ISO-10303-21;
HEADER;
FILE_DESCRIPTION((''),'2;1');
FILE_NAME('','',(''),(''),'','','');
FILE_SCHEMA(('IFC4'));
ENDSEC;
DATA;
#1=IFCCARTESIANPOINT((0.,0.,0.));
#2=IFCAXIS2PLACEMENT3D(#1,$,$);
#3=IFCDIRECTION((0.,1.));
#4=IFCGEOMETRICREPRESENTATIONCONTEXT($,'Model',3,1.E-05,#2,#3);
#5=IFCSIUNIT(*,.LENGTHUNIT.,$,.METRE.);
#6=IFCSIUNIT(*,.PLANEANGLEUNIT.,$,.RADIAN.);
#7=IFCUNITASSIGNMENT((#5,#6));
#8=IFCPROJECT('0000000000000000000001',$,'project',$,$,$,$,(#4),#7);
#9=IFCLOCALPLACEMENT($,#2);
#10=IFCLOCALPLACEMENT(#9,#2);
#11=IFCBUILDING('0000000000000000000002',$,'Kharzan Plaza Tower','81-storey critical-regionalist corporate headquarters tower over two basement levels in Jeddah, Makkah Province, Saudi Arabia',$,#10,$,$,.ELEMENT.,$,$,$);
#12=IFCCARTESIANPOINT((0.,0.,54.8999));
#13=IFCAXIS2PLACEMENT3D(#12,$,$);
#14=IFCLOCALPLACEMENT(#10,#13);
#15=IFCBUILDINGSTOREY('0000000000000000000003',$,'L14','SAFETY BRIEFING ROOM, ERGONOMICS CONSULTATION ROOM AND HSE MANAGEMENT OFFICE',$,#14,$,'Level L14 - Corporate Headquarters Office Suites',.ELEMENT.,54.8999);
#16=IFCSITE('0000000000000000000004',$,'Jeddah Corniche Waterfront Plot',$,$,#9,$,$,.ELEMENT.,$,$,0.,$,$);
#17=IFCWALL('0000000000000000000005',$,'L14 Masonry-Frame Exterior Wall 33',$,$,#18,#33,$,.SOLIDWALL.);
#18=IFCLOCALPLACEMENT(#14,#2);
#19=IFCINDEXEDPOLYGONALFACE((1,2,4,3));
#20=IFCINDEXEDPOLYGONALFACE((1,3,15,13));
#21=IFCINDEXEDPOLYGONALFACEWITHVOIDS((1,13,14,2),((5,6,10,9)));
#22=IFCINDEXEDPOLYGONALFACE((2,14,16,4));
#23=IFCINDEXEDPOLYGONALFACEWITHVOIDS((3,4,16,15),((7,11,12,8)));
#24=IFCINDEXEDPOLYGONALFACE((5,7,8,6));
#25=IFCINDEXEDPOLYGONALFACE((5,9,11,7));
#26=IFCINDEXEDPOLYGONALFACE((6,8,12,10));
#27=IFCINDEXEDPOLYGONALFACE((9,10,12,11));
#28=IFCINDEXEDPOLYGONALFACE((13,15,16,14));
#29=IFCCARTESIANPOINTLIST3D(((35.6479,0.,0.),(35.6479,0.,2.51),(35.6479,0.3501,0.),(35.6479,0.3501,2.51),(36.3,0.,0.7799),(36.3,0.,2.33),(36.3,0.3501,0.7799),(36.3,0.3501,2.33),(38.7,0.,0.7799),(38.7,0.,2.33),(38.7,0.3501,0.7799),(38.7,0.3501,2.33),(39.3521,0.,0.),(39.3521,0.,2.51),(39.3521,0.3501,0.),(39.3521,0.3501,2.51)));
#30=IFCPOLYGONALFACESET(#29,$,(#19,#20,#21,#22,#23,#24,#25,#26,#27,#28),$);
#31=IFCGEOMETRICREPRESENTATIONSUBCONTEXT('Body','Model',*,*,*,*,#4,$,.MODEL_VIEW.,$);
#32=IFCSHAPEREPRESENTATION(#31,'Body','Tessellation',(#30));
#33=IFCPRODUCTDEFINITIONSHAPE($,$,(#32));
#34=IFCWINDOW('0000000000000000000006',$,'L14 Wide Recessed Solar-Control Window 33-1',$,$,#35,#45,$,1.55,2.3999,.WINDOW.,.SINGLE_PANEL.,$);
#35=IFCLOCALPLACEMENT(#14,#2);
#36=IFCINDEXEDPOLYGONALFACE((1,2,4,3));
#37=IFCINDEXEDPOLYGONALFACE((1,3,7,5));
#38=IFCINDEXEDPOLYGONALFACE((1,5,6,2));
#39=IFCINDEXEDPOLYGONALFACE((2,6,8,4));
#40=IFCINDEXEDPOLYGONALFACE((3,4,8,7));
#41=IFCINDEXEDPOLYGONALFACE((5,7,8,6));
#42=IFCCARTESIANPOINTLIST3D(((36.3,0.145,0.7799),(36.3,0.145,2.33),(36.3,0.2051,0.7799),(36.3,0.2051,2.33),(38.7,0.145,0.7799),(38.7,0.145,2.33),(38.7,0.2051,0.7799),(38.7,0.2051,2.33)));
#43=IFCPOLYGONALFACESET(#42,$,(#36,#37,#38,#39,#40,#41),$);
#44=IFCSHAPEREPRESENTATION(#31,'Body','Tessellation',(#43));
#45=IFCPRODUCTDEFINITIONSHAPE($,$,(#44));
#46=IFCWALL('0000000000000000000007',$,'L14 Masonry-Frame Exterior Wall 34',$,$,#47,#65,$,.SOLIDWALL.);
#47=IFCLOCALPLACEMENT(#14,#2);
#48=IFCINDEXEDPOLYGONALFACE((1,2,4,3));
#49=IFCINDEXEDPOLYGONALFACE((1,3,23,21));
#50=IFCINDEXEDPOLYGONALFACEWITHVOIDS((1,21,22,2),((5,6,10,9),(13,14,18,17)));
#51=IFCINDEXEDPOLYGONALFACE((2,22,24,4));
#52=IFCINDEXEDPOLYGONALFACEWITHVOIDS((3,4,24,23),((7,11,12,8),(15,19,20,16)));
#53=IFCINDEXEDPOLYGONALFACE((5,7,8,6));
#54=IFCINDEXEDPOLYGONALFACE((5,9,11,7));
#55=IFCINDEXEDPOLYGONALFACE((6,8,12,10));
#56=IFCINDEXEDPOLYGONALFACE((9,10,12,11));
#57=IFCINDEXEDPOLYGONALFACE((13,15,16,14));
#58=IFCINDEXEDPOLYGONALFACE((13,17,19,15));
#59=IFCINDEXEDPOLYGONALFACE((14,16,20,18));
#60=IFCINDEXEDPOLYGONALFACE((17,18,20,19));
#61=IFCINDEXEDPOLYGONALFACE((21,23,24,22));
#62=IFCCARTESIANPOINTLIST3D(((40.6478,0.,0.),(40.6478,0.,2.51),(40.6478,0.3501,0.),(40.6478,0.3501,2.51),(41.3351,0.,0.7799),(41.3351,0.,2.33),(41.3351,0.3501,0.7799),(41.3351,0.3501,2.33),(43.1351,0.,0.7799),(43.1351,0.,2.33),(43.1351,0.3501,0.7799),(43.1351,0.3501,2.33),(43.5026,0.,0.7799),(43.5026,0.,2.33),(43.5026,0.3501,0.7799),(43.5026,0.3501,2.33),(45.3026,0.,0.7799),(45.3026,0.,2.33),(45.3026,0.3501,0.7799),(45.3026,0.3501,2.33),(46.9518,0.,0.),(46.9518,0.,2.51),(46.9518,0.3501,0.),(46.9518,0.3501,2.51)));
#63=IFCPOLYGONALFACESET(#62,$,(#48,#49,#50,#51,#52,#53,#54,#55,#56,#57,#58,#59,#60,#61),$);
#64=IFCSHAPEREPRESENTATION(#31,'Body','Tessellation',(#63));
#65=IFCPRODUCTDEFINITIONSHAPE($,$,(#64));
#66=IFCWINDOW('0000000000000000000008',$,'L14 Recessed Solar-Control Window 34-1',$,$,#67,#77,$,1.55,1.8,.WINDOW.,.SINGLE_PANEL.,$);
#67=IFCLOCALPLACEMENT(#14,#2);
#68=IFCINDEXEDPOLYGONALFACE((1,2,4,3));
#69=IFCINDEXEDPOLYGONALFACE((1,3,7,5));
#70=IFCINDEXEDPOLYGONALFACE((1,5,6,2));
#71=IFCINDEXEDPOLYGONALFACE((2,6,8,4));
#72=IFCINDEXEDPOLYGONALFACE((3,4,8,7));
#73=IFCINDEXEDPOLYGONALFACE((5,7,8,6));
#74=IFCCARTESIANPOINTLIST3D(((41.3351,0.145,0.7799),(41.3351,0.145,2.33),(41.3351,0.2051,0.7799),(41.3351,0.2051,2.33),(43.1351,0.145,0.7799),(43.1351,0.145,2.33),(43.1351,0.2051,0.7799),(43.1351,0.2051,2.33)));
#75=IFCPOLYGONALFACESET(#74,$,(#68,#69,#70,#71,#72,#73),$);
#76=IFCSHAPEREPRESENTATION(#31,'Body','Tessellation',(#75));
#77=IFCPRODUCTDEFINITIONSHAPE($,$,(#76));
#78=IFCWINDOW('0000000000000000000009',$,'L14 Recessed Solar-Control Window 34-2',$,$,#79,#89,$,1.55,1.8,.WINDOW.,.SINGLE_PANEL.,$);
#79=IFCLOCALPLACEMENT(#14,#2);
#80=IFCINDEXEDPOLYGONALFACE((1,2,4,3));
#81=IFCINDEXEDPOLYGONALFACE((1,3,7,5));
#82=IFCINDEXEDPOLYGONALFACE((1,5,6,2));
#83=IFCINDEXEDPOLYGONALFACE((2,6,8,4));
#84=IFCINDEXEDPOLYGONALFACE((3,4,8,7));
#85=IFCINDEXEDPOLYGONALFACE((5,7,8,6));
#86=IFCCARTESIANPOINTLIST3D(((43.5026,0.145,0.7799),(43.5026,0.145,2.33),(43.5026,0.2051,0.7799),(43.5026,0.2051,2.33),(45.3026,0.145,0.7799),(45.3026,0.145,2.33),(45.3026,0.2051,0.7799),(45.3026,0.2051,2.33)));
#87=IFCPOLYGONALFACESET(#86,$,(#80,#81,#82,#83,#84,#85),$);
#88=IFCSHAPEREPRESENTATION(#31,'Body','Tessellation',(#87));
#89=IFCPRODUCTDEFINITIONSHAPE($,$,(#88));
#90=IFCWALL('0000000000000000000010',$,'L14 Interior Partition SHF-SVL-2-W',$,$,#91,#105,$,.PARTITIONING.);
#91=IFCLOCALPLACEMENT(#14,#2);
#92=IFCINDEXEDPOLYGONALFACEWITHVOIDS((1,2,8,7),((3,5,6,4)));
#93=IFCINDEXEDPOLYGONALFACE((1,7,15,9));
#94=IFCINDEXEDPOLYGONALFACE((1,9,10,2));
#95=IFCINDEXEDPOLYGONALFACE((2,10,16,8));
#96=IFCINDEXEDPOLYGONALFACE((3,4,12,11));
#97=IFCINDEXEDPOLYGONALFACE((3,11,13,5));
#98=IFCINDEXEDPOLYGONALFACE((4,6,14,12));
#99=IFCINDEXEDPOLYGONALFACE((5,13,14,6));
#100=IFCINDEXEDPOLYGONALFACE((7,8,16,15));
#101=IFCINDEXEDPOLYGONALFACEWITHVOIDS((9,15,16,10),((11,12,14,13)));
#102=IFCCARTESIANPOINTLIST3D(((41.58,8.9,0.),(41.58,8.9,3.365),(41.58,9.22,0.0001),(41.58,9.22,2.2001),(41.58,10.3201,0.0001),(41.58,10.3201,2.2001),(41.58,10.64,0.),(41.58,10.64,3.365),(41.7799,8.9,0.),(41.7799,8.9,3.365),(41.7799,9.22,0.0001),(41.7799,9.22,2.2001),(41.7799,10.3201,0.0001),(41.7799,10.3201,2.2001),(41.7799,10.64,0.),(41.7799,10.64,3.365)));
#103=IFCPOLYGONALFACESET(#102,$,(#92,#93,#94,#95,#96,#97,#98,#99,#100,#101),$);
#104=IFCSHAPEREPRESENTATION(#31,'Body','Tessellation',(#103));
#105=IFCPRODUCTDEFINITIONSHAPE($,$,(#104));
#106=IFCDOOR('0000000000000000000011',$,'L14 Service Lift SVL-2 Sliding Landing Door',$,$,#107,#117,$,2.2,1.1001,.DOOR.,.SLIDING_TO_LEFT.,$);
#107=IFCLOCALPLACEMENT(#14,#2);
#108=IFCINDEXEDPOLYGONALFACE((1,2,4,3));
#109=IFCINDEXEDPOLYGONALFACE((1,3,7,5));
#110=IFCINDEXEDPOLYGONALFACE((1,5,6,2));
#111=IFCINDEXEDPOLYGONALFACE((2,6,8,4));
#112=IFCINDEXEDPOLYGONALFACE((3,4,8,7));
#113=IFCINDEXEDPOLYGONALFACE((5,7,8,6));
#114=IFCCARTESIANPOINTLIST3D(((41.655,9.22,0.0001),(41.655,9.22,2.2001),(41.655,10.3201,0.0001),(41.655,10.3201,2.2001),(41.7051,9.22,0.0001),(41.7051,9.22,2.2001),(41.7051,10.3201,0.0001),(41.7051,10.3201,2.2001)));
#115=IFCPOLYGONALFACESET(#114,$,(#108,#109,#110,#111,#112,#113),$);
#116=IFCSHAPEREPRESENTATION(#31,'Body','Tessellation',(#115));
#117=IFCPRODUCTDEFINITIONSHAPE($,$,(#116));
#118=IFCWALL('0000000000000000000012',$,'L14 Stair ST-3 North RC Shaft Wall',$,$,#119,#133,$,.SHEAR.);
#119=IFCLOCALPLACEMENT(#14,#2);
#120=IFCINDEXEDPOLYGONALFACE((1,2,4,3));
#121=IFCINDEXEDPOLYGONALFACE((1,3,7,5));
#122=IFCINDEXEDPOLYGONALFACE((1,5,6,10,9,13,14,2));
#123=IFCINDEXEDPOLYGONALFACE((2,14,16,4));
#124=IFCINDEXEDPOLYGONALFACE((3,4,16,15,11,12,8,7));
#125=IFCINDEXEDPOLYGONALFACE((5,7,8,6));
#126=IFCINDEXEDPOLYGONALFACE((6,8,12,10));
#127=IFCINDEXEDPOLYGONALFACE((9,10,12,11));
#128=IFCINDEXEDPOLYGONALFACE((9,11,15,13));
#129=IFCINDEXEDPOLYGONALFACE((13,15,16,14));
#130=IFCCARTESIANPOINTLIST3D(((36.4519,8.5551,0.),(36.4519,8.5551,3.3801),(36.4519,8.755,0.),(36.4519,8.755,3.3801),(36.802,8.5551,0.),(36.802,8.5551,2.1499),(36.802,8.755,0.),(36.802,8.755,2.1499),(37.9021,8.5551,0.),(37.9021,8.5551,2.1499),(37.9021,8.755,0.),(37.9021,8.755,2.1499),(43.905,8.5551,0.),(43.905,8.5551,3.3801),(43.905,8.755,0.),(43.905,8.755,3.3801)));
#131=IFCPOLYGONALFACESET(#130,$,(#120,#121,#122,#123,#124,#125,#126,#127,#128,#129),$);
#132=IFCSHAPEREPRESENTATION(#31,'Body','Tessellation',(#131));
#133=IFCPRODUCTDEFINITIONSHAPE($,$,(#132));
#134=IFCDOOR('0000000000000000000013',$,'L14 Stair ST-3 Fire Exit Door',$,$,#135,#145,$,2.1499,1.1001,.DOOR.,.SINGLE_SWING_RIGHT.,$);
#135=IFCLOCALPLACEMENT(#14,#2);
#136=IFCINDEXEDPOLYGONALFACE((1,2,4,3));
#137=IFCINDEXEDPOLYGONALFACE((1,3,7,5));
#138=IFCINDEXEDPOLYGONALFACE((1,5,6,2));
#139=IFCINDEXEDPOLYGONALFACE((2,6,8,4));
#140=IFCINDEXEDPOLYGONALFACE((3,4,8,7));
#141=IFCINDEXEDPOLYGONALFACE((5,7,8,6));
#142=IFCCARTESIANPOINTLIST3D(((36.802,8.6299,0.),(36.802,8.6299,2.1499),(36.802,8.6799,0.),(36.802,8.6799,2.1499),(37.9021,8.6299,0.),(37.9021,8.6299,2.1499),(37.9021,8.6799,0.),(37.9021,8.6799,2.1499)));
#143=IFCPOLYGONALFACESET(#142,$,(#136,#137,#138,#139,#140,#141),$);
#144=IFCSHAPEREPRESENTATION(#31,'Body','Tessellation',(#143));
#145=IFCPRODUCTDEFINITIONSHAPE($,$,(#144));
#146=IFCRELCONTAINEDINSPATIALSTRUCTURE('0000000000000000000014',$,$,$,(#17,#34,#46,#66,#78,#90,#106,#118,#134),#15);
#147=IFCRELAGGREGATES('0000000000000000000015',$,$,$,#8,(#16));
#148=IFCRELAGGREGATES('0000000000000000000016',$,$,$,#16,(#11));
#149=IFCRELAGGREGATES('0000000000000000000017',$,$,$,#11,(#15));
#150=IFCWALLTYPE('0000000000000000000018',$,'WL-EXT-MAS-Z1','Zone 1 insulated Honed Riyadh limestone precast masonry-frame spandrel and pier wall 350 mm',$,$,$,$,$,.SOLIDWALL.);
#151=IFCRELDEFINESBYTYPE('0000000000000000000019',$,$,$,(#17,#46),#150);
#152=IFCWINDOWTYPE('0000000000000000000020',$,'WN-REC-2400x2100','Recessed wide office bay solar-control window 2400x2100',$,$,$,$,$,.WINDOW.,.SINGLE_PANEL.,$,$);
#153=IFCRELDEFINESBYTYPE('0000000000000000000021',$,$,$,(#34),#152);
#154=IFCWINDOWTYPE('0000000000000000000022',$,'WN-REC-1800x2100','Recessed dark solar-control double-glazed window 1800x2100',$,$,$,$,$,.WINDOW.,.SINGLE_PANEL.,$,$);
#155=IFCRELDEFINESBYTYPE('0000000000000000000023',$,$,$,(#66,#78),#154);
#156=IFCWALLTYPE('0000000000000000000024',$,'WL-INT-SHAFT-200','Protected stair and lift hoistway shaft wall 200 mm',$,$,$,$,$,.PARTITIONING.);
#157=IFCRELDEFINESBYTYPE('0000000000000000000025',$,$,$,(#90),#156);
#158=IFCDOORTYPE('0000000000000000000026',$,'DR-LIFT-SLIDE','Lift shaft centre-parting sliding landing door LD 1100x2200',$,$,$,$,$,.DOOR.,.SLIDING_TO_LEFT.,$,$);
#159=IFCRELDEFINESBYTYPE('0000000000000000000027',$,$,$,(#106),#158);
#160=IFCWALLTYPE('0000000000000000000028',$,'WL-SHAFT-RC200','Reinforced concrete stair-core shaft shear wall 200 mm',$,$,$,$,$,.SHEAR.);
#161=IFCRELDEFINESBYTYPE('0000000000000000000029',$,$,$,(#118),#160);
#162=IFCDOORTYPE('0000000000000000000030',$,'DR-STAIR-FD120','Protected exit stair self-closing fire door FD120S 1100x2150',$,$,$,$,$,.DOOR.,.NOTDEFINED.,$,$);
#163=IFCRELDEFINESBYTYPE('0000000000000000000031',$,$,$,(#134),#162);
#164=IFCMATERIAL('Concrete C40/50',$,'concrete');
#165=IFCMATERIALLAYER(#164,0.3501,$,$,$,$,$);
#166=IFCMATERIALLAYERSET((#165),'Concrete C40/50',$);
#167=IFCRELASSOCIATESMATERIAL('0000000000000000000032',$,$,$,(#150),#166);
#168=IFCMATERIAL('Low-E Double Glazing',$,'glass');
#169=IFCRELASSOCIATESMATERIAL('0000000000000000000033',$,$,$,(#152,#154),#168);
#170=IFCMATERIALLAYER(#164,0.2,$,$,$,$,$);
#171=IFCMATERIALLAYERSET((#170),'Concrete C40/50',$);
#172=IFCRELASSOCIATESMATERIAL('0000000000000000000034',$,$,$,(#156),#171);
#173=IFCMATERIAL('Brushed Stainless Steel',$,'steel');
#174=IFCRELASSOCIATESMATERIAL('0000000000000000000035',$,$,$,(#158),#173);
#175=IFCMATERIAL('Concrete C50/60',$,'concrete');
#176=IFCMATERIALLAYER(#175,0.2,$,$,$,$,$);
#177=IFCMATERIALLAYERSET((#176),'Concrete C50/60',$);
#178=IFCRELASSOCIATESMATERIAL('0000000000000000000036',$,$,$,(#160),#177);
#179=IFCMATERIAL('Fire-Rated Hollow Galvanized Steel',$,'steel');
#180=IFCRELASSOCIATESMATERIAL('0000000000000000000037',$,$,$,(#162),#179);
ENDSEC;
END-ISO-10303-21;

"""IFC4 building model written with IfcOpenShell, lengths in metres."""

from ifc_helpers import new_model, si_unit, direction, frame, frame_2d, origin, place, context, subcontext, project, spatial, rectangle, extrude, source, transform, mapped, material, layer, layer_set, type_object, element, fill, save


model = new_model("IFC4")

# Units and contexts
model_context = context("Model", 3, precision=1e-05, world=origin(), true_north=direction((0.0, 1.0)))
body_context = subcontext(model_context, "Body", "Model", "MODEL_VIEW")
ifc_project = project(units=[si_unit("LENGTHUNIT", "METRE"), si_unit("PLANEANGLEUNIT", "RADIAN")], contexts=[model_context])

# Site, building, storey
site_placement = place(None, origin())
site = spatial("IfcSite", under=ifc_project, at=site_placement, Name="Jeddah Corniche Waterfront Plot", CompositionType="ELEMENT", RefElevation=0.0)
building_placement = place(site_placement, origin())
building = spatial("IfcBuilding", under=site, at=building_placement, Name="Kharzan Plaza Tower", Description="81-storey critical-regionalist corporate headquarters tower over two basement levels in Jeddah, Makkah Province, Saudi Arabia", CompositionType="ELEMENT")
storey_placement = place(building_placement, frame((0.0, 0.0, 54.8999)))
storey = spatial("IfcBuildingStorey", under=building, at=storey_placement, Name="L14", Description="SAFETY BRIEFING ROOM, ERGONOMICS CONSULTATION ROOM AND HSE MANAGEMENT OFFICE", LongName="Level L14 - Corporate Headquarters Office Suites", CompositionType="ELEMENT", Elevation=54.8999)

# Wall, opening, window
ifc_material_1 = material(Name="Concrete C40/50", Category="concrete")
ifc_layer_1 = layer(ifc_material_1, 0.3501)
ifc_layer_set_1 = layer_set([ifc_layer_1], Name="Concrete C40/50")
wall_type_1 = type_object("IfcWallType", Name="WL-EXT-MAS-Z1", Description="Zone 1 insulated Honed Riyadh limestone precast masonry-frame spandrel and pier wall 350 mm", PredefinedType="SOLIDWALL", material=ifc_layer_set_1)
wall_1_placement = place(storey_placement, frame((35.6479, 0.175, 0.0), z_axis=(0.0, 0.0, 1.0), x_axis=(1.0, 0.0, 0.0)))
wall_1 = element("IfcWall", 1, at=wall_1_placement, inside=storey, type_object=wall_type_1, Name="L14 Masonry-Frame Exterior Wall 33", PredefinedType="SOLIDWALL", context=body_context, shape_type="SweptSolid", body=[
    extrude(rectangle(XDim=3.7041, YDim=0.3501, at=frame_2d((1.8521, 0.0))), origin(), (0.0, 0.0, 1.0), 2.51),
])
opening_1_placement = place(wall_1_placement, frame((0.6521, 0.0, 0.78)))
opening_1 = element("IfcOpeningElement", 2, at=opening_1_placement, cuts=wall_1, PredefinedType="OPENING", context=body_context, shape_type="SweptSolid", body=[
    extrude(rectangle(XDim=2.3999, YDim=1.55, at=frame_2d((1.2, 0.7749))), frame((0.0, 0.1851, 0.0), z_axis=(0.0, -1.0, 0.0), x_axis=(1.0, 0.0, 0.0)), (0.0, 0.0, 1.0), 0.3701),
])
ifc_material_2 = material(Name="Low-E Double Glazing", Category="glass")
window_type_1 = type_object("IfcWindowType", Name="WN-REC-2400x2100", Description="Recessed wide office bay solar-control window 2400x2100", PartitioningType="SINGLE_PANEL", PredefinedType="WINDOW", material=ifc_material_2)
shared_shape_1 = source(origin(), body_context, "Body", "SweptSolid", [
    extrude(rectangle(XDim=2.3999, YDim=1.55, at=frame_2d((1.2, 0.7749))), frame((0.0, 0.03, 0.0), z_axis=(0.0, -1.0, 0.0), x_axis=(1.0, 0.0, 0.0)), (0.0, 0.0, 1.0), 0.0601),
])
window_1_placement = place(opening_1_placement, origin())
window_1 = element("IfcWindow", 3, at=window_1_placement, inside=storey, type_object=window_type_1, Name="L14 Wide Recessed Solar-Control Window 33-1", OverallHeight=1.55, OverallWidth=2.3999, PartitioningType="SINGLE_PANEL", PredefinedType="WINDOW", context=body_context, shape_type="MappedRepresentation", body=[
    mapped(shared_shape_1, transform((0.0, 0.0, 0.0), x_axis=(1.0, 0.0, 0.0), y_axis=(0.0, 1.0, 0.0), z_axis=(0.0, 0.0, 1.0))),
])
fill(opening_1, window_1)

# Wall, openings, windows
wall_2_placement = place(storey_placement, frame((40.6479, 0.175, 0.0), z_axis=(0.0, 0.0, 1.0), x_axis=(1.0, 0.0, 0.0)))
wall_2 = element("IfcWall", 4, at=wall_2_placement, inside=storey, type_object=wall_type_1, Name="L14 Masonry-Frame Exterior Wall 34", PredefinedType="SOLIDWALL", context=body_context, shape_type="SweptSolid", body=[
    extrude(rectangle(XDim=6.304, YDim=0.3501, at=frame_2d((3.1519, 0.0))), origin(), (0.0, 0.0, 1.0), 2.51),
])
opening_2_placement = place(wall_2_placement, frame((0.6873, 0.0, 0.78)))
opening_2 = element("IfcOpeningElement", 5, at=opening_2_placement, cuts=wall_2, PredefinedType="OPENING", context=body_context, shape_type="SweptSolid", body=[
    extrude(rectangle(XDim=1.8, YDim=1.55, at=frame_2d((0.8999, 0.7749))), frame((0.0, 0.1851, 0.0), z_axis=(0.0, -1.0, 0.0), x_axis=(1.0, 0.0, 0.0)), (0.0, 0.0, 1.0), 0.3701),
])
opening_3_placement = place(wall_2_placement, frame((2.8547, 0.0, 0.78)))
opening_3 = element("IfcOpeningElement", 6, at=opening_3_placement, cuts=wall_2, PredefinedType="OPENING", context=body_context, shape_type="SweptSolid", body=[
    extrude(rectangle(XDim=1.8, YDim=1.55, at=frame_2d((0.8999, 0.7749))), frame((0.0, 0.1851, 0.0), z_axis=(0.0, -1.0, 0.0), x_axis=(1.0, 0.0, 0.0)), (0.0, 0.0, 1.0), 0.3701),
])
window_type_2 = type_object("IfcWindowType", Name="WN-REC-1800x2100", Description="Recessed dark solar-control double-glazed window 1800x2100", PartitioningType="SINGLE_PANEL", PredefinedType="WINDOW", material=ifc_material_2)
shared_shape_2 = source(origin(), body_context, "Body", "SweptSolid", [
    extrude(rectangle(XDim=1.8, YDim=1.55, at=frame_2d((0.8999, 0.7749))), frame((0.0, 0.03, 0.0), z_axis=(0.0, -1.0, 0.0), x_axis=(1.0, 0.0, 0.0)), (0.0, 0.0, 1.0), 0.0601),
])
window_2_placement = place(opening_2_placement, origin())
window_2 = element("IfcWindow", 7, at=window_2_placement, inside=storey, type_object=window_type_2, Name="L14 Recessed Solar-Control Window 34-1", OverallHeight=1.55, OverallWidth=1.8, PartitioningType="SINGLE_PANEL", PredefinedType="WINDOW", context=body_context, shape_type="MappedRepresentation", body=[
    mapped(shared_shape_2, transform((0.0, 0.0, 0.0), x_axis=(1.0, 0.0, 0.0), y_axis=(0.0, 1.0, 0.0), z_axis=(0.0, 0.0, 1.0))),
])
fill(opening_2, window_2)
window_3_placement = place(opening_3_placement, origin())
window_3 = element("IfcWindow", 8, at=window_3_placement, inside=storey, type_object=window_type_2, Name="L14 Recessed Solar-Control Window 34-2", OverallHeight=1.55, OverallWidth=1.8, PartitioningType="SINGLE_PANEL", PredefinedType="WINDOW", context=body_context, shape_type="MappedRepresentation", body=[
    mapped(shared_shape_2, transform((0.0, 0.0, 0.0), x_axis=(1.0, 0.0, 0.0), y_axis=(0.0, 1.0, 0.0), z_axis=(0.0, 0.0, 1.0))),
])
fill(opening_3, window_3)

# Walls, openings, doors
ifc_layer_2 = layer(ifc_material_1, 0.2)
ifc_layer_set_2 = layer_set([ifc_layer_2], Name="Concrete C40/50")
wall_type_2 = type_object("IfcWallType", Name="WL-INT-SHAFT-200", Description="Protected stair and lift hoistway shaft wall 200 mm", PredefinedType="PARTITIONING", material=ifc_layer_set_2)
wall_3_placement = place(storey_placement, frame((41.6799, 8.8999, 0.0), z_axis=(0.0, 0.0, 1.0), x_axis=(0.0, 1.0, 0.0)))
wall_3 = element("IfcWall", 9, at=wall_3_placement, inside=storey, type_object=wall_type_2, Name="L14 Interior Partition SHF-SVL-2-W", PredefinedType="PARTITIONING", context=body_context, shape_type="SweptSolid", body=[
    extrude(rectangle(XDim=1.74, YDim=0.2, at=frame_2d((0.8701, 0.0))), origin(), (0.0, 0.0, 1.0), 3.365),
])
opening_4_placement = place(wall_3_placement, frame((0.3201, 0.0, 0.0)))
opening_4 = element("IfcOpeningElement", 10, at=opening_4_placement, cuts=wall_3, PredefinedType="OPENING", context=body_context, shape_type="SweptSolid", body=[
    extrude(rectangle(XDim=1.1001, YDim=2.2, at=frame_2d((0.55, 1.1001))), frame((0.0, 0.1099, 0.0), z_axis=(0.0, -1.0, 0.0), x_axis=(1.0, 0.0, 0.0)), (0.0, 0.0, 1.0), 0.22),
])
ifc_material_3 = material(Name="Brushed Stainless Steel", Category="steel")
door_type_1 = type_object("IfcDoorType", Name="DR-LIFT-SLIDE", Description="Lift shaft centre-parting sliding landing door LD 1100x2200", OperationType="SLIDING_TO_LEFT", PredefinedType="DOOR", material=ifc_material_3)
shared_shape_3 = source(origin(), body_context, "Body", "SweptSolid", [
    extrude(rectangle(XDim=1.1001, YDim=2.2, at=frame_2d((0.55, 1.1001))), frame((0.0, 0.0249, 0.0), z_axis=(0.0, -1.0, 0.0), x_axis=(1.0, 0.0, 0.0)), (0.0, 0.0, 1.0), 0.05),
])
door_1_placement = place(opening_4_placement, origin())
door_1 = element("IfcDoor", 11, at=door_1_placement, inside=storey, type_object=door_type_1, Name="L14 Service Lift SVL-2 Sliding Landing Door", OperationType="SLIDING_TO_LEFT", OverallHeight=2.2, OverallWidth=1.1001, PredefinedType="DOOR", context=body_context, shape_type="MappedRepresentation", body=[
    mapped(shared_shape_3, transform((0.0, 0.0, 0.0), x_axis=(1.0, 0.0, 0.0), y_axis=(0.0, 1.0, 0.0), z_axis=(0.0, 0.0, 1.0))),
])
fill(opening_4, door_1)
ifc_material_4 = material(Name="Concrete C50/60", Category="concrete")
ifc_layer_3 = layer(ifc_material_4, 0.2)
ifc_layer_set_3 = layer_set([ifc_layer_3], Name="Concrete C50/60")
wall_type_3 = type_object("IfcWallType", Name="WL-SHAFT-RC200", Description="Reinforced concrete stair-core shaft shear wall 200 mm", PredefinedType="SHEAR", material=ifc_layer_set_3)
wall_4_placement = place(storey_placement, frame((36.4519, 8.655, 0.0), z_axis=(0.0, 0.0, 1.0), x_axis=(1.0, 0.0, 0.0)))
wall_4 = element("IfcWall", 12, at=wall_4_placement, inside=storey, type_object=wall_type_3, Name="L14 Stair ST-3 North RC Shaft Wall", PredefinedType="SHEAR", context=body_context, shape_type="SweptSolid", body=[
    extrude(rectangle(XDim=7.4531, YDim=0.2, at=frame_2d((3.7266, 0.0))), origin(), (0.0, 0.0, 1.0), 3.3801),
])
opening_5_placement = place(wall_4_placement, frame((0.3501, 0.0, 0.0)))
opening_5 = element("IfcOpeningElement", 13, at=opening_5_placement, cuts=wall_4, PredefinedType="OPENING", context=body_context, shape_type="SweptSolid", body=[
    extrude(rectangle(XDim=1.1001, YDim=2.1499, at=frame_2d((0.55, 1.075))), frame((0.0, 0.1099, 0.0), z_axis=(0.0, -1.0, 0.0), x_axis=(1.0, 0.0, 0.0)), (0.0, 0.0, 1.0), 0.22),
])
ifc_material_5 = material(Name="Fire-Rated Hollow Galvanized Steel", Category="steel")
door_type_2 = type_object("IfcDoorType", Name="DR-STAIR-FD120", Description="Protected exit stair self-closing fire door FD120S 1100x2150", OperationType="NOTDEFINED", PredefinedType="DOOR", material=ifc_material_5)
shared_shape_4 = source(origin(), body_context, "Body", "SweptSolid", [
    extrude(rectangle(XDim=1.1001, YDim=2.1499, at=frame_2d((0.55, 1.075))), frame((0.0, 0.0249, 0.0), z_axis=(0.0, -1.0, 0.0), x_axis=(1.0, 0.0, 0.0)), (0.0, 0.0, 1.0), 0.05),
])
door_2_placement = place(opening_5_placement, origin())
door_2 = element("IfcDoor", 14, at=door_2_placement, inside=storey, type_object=door_type_2, Name="L14 Stair ST-3 Fire Exit Door", OperationType="SINGLE_SWING_RIGHT", OverallHeight=2.1499, OverallWidth=1.1001, PredefinedType="DOOR", context=body_context, shape_type="MappedRepresentation", body=[
    mapped(shared_shape_4, transform((0.0, 0.0, 0.0), x_axis=(1.0, 0.0, 0.0), y_axis=(0.0, 1.0, 0.0), z_axis=(0.0, 0.0, 1.0))),
])
fill(opening_5, door_2)

save(model, "model.ifc")
